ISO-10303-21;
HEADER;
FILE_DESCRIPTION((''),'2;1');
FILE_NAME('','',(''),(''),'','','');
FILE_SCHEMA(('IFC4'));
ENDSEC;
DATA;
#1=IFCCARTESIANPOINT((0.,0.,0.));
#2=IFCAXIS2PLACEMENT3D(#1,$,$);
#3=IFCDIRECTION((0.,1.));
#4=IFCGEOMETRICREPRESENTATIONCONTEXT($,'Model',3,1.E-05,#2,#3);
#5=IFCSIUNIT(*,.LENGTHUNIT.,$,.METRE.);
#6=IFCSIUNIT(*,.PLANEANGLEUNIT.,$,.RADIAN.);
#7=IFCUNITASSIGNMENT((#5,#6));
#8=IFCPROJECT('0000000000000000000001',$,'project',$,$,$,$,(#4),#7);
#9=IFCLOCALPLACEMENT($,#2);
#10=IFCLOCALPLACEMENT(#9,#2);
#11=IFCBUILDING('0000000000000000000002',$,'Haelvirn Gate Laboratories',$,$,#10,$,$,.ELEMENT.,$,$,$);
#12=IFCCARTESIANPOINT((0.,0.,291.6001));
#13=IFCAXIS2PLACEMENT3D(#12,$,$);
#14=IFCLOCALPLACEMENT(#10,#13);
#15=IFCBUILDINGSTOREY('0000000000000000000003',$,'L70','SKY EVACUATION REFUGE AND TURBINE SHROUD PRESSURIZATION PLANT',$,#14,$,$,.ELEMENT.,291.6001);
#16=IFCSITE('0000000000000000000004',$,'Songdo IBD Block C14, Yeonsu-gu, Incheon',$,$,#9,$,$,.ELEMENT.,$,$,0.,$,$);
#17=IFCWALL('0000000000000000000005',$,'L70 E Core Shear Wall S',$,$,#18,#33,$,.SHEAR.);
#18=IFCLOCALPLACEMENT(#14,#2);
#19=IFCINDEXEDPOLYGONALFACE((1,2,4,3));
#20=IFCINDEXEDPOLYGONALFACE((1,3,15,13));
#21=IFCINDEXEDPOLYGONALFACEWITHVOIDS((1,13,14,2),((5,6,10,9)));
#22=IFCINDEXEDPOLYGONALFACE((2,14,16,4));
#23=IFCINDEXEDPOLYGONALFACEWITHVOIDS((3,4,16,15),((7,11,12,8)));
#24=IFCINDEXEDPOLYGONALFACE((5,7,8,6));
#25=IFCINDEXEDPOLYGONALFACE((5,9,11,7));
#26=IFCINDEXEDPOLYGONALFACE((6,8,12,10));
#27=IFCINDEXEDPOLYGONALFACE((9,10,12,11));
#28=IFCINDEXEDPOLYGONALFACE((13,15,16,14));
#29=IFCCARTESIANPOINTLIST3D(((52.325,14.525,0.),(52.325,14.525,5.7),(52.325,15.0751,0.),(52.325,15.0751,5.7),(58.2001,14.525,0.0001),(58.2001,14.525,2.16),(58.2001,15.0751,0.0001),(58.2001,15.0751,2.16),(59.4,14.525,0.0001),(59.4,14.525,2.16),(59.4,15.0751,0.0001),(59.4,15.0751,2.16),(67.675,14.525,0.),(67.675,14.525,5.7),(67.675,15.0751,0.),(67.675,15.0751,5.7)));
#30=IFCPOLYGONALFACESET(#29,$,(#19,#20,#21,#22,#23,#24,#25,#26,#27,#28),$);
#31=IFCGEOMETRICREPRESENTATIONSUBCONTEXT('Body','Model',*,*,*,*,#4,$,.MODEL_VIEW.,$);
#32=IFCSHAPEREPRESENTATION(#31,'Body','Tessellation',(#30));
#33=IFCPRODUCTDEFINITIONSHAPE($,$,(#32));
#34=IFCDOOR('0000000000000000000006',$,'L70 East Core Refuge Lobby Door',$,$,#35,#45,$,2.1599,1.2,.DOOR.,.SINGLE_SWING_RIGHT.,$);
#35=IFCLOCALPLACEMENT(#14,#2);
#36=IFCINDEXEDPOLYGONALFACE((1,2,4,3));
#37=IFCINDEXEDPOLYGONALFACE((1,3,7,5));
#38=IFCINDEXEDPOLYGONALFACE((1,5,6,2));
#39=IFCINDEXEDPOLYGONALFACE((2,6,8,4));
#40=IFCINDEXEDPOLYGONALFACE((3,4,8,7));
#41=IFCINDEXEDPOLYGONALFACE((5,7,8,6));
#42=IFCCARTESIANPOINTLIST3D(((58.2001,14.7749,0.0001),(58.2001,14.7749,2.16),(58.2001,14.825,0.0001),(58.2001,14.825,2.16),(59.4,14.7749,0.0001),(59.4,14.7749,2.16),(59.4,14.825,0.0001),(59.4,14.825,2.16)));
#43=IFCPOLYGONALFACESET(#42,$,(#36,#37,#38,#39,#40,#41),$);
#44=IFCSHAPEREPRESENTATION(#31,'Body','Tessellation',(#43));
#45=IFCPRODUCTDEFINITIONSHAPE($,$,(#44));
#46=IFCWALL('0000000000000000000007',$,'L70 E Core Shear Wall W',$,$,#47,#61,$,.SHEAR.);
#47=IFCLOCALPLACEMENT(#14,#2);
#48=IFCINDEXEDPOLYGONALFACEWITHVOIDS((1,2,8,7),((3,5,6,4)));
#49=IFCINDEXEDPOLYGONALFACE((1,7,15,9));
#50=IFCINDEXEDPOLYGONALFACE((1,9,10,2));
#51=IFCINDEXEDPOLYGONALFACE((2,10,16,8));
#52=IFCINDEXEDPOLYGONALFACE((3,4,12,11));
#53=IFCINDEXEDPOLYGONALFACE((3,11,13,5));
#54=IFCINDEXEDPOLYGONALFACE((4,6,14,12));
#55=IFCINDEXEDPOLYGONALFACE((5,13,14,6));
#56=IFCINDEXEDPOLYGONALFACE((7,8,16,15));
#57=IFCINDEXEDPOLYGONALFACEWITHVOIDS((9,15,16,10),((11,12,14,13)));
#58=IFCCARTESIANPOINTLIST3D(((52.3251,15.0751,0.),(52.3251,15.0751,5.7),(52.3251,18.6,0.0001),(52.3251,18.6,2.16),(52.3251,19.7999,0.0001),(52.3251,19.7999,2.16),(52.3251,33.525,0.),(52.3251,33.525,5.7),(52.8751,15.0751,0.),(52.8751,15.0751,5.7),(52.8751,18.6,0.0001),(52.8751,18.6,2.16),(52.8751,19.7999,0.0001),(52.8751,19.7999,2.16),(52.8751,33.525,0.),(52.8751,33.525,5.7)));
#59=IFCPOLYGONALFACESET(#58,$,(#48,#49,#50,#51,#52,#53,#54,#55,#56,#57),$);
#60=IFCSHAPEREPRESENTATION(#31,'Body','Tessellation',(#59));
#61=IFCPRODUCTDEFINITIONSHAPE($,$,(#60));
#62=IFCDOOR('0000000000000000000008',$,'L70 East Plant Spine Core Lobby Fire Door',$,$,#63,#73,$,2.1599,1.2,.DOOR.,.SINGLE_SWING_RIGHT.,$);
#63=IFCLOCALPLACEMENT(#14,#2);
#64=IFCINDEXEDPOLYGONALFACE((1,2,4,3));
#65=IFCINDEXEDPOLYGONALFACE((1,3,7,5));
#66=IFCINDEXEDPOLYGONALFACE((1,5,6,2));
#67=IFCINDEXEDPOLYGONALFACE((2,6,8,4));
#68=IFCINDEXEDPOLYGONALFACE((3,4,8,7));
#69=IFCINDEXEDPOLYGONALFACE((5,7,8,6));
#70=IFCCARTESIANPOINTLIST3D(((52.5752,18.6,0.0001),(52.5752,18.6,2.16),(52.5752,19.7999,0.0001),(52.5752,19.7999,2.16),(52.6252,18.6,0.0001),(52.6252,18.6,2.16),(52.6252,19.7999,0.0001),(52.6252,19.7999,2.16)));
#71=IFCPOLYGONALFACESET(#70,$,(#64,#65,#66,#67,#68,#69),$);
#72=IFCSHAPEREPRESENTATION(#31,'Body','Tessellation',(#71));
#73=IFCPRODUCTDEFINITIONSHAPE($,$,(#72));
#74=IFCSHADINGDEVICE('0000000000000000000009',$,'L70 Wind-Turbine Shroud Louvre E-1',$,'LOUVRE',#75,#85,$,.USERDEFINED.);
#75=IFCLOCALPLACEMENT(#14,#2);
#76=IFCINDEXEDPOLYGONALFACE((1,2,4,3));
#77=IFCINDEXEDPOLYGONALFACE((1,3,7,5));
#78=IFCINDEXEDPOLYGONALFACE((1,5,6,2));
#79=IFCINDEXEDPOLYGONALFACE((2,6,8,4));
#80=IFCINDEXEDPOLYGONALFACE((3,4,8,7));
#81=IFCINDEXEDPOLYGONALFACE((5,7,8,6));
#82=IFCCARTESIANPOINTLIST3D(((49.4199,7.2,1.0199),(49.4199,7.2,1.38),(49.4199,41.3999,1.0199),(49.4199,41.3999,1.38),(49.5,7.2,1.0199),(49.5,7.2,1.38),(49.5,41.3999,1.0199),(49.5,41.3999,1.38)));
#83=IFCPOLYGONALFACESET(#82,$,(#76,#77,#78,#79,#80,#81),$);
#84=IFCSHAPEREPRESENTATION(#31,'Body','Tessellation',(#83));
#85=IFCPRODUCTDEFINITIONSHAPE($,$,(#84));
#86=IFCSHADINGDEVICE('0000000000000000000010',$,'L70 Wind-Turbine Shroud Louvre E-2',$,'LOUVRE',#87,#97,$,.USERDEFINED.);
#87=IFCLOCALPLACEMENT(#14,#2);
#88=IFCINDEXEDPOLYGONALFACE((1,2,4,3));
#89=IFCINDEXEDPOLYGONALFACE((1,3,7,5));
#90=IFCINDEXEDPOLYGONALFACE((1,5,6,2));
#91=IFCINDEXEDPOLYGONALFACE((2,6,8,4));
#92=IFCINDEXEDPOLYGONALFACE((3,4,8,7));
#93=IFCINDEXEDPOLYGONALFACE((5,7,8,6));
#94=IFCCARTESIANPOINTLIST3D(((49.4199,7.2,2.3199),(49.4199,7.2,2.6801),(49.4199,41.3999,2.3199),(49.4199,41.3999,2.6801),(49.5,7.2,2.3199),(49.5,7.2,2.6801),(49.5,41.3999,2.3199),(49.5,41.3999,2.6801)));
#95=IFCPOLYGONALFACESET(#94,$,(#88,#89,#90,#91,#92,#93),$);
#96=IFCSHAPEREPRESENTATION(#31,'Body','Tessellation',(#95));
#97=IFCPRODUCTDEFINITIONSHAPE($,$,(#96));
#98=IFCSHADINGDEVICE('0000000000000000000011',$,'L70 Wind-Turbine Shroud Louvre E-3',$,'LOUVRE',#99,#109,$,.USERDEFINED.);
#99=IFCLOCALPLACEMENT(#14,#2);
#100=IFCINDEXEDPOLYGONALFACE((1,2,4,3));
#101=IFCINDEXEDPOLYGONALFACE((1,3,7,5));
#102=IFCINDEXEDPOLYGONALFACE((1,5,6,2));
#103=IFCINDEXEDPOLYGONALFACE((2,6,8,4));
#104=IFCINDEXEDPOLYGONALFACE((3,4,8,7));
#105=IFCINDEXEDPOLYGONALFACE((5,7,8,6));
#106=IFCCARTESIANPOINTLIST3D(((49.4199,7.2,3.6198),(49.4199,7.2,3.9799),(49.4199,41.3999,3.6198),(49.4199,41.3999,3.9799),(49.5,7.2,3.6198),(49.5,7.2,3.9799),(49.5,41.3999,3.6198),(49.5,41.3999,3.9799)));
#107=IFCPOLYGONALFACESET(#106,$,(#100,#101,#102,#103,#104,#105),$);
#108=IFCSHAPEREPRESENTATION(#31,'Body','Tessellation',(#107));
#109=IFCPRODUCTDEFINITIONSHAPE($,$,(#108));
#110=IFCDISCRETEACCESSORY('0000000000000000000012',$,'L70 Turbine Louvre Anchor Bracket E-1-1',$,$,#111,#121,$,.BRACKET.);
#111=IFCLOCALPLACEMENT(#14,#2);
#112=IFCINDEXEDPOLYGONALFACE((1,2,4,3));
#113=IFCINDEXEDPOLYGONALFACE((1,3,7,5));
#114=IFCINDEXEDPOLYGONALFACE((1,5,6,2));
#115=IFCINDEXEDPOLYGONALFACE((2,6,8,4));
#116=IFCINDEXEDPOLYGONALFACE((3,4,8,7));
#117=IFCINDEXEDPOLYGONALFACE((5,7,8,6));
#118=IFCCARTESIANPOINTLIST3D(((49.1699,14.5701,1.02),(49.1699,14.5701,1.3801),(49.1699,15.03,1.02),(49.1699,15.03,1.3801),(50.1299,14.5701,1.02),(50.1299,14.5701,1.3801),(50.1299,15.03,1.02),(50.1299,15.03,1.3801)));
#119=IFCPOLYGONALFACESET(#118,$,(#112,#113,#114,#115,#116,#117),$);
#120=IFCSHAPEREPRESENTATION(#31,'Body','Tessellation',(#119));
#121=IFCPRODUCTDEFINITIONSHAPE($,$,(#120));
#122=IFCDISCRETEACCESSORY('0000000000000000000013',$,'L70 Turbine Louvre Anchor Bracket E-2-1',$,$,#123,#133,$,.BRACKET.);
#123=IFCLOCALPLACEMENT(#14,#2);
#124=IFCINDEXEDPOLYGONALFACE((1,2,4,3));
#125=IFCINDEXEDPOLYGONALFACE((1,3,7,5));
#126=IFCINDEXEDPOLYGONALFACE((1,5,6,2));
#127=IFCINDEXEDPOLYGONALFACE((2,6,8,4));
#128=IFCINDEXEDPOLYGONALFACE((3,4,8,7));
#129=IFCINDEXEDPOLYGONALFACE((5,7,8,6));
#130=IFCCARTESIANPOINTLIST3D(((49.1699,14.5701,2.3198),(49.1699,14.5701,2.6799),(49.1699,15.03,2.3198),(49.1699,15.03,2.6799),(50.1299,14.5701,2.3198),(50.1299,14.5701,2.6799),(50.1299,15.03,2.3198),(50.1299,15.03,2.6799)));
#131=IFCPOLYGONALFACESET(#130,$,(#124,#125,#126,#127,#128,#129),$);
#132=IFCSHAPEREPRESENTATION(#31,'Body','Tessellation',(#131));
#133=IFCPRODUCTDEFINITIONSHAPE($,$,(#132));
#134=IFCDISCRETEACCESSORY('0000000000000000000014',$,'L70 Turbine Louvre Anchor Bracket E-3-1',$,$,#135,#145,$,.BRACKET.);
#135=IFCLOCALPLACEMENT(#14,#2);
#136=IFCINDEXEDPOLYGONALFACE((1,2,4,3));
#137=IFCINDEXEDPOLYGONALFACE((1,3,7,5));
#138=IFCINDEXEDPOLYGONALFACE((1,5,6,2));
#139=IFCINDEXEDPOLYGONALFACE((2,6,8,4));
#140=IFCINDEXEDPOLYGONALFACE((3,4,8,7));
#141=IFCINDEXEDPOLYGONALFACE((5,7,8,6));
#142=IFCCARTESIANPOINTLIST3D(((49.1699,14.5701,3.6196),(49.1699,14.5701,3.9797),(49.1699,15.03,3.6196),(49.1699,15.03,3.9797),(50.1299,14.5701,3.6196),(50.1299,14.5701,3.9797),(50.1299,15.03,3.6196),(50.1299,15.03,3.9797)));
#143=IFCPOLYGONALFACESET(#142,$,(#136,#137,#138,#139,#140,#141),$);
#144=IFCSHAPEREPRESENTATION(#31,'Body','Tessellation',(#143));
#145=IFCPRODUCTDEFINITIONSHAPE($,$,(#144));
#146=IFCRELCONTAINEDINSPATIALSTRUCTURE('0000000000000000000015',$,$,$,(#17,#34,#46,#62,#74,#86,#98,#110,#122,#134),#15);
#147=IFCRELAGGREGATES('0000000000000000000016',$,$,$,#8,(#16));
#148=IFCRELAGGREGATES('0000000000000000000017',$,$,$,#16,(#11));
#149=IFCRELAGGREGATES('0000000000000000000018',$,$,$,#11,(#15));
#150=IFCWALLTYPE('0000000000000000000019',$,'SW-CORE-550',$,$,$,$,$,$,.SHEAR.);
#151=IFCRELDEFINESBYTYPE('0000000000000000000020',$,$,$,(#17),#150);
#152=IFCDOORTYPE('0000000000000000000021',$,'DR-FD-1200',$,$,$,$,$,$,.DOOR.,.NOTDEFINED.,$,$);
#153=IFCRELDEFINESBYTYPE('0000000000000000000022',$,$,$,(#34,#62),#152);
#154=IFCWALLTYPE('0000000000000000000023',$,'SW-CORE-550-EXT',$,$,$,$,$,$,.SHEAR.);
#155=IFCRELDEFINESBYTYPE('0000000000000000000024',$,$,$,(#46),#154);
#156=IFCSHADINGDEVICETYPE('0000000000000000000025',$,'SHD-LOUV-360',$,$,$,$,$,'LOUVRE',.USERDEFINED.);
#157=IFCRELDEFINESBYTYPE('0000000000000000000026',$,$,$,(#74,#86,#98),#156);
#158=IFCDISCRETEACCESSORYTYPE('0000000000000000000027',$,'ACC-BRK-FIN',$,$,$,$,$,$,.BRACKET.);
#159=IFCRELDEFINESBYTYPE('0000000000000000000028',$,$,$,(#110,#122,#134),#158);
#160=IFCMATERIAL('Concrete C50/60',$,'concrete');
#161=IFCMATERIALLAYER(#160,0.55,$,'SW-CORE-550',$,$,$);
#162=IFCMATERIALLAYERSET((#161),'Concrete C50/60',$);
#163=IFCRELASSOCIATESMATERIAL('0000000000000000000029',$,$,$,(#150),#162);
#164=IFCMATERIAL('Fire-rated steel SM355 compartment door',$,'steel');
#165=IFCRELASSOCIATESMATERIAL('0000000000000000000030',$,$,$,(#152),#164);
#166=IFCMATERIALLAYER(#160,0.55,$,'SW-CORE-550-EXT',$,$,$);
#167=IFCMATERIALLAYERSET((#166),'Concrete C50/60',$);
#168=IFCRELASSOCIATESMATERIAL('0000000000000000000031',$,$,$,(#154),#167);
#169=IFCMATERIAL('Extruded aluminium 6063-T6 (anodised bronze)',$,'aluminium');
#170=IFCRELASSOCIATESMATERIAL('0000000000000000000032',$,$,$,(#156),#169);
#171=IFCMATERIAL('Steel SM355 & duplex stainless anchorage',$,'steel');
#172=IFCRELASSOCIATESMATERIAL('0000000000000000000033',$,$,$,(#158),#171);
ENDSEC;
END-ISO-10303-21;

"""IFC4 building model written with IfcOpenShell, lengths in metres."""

from ifc_helpers import new_model, si_unit, direction, frame, frame_2d, origin, origin_2d, place, context, subcontext, project, spatial, rectangle, extrude, source, transform, mapped, material, layer, layer_set, material_profile, profile_set, type_object, type_shapes, element, fill, save


model = new_model("IFC4")

# Units and contexts
model_context = context("Model", 3, precision=1e-05, world=origin(), true_north=direction((0.0, 1.0)))
body_context = subcontext(model_context, "Body", "Model", "MODEL_VIEW")
ifc_project = project(units=[si_unit("LENGTHUNIT", "METRE"), si_unit("PLANEANGLEUNIT", "RADIAN")], contexts=[model_context])

# Site, building, storey
site_placement = place(None, origin())
site = spatial("IfcSite", under=ifc_project, at=site_placement, Name="Songdo IBD Block C14, Yeonsu-gu, Incheon", CompositionType="ELEMENT", RefElevation=0.0)
building_placement = place(site_placement, origin())
building = spatial("IfcBuilding", under=site, at=building_placement, Name="Haelvirn Gate Laboratories", CompositionType="ELEMENT")
storey_placement = place(building_placement, frame((0.0, 0.0, 291.6001)))
storey = spatial("IfcBuildingStorey", under=building, at=storey_placement, Name="L70", Description="SKY EVACUATION REFUGE AND TURBINE SHROUD PRESSURIZATION PLANT", CompositionType="ELEMENT", Elevation=291.6001)

# Shared definitions
ifc_material_1 = material(Name="Extruded aluminium 6063-T6 (anodised bronze)", Category="aluminium")

# Walls, openings, doors
ifc_material_2 = material(Name="Concrete C50/60", Category="concrete")
ifc_layer_1 = layer(ifc_material_2, 0.55, Name="SW-CORE-550")
ifc_layer_set_1 = layer_set([ifc_layer_1], Name="Concrete C50/60")
wall_type_1 = type_object("IfcWallType", Name="SW-CORE-550", PredefinedType="SHEAR", material=ifc_layer_set_1)
wall_1_placement = place(storey_placement, frame((52.325, 14.8, 0.0), z_axis=(0.0, 0.0, 1.0), x_axis=(1.0, 0.0, 0.0)))
wall_1 = element("IfcWall", 1, at=wall_1_placement, inside=storey, type_object=wall_type_1, Name="L70 E Core Shear Wall S", PredefinedType="SHEAR", context=body_context, shape_type="SweptSolid", body=[
    extrude(rectangle(XDim=15.3501, YDim=0.55, at=frame_2d((7.675, 0.0))), origin(), (0.0, 0.0, 1.0), 5.7),
])
opening_1_placement = place(wall_1_placement, frame((5.875, 0.0, 0.0)))
opening_1 = element("IfcOpeningElement", 2, at=opening_1_placement, cuts=wall_1, PredefinedType="OPENING", context=body_context, shape_type="SweptSolid", body=[
    extrude(rectangle(XDim=1.2, YDim=2.1599, at=frame_2d((0.6001, 1.0801))), frame((0.0, 0.2852, 0.0), z_axis=(0.0, -1.0, 0.0), x_axis=(1.0, 0.0, 0.0)), (0.0, 0.0, 1.0), 0.5701),
])
ifc_material_3 = material(Name="Fire-rated steel SM355 compartment door", Category="steel")
door_type = type_object("IfcDoorType", Name="DR-FD-1200", OperationType="NOTDEFINED", PredefinedType="DOOR", material=ifc_material_3)
shared_shape_1 = source(origin(), body_context, "Body", "SweptSolid", [
    extrude(rectangle(XDim=1.2, YDim=2.1599, at=frame_2d((0.6001, 1.0801))), frame((0.0, 0.0249, 0.0), z_axis=(0.0, -1.0, 0.0), x_axis=(1.0, 0.0, 0.0)), (0.0, 0.0, 1.0), 0.05),
])
type_shapes(door_type, [shared_shape_1])
door_1_placement = place(opening_1_placement, origin())
door_1 = element("IfcDoor", 3, at=door_1_placement, inside=storey, type_object=door_type, Name="L70 East Core Refuge Lobby Door", OperationType="SINGLE_SWING_RIGHT", OverallHeight=2.1599, OverallWidth=1.2, PredefinedType="DOOR", context=body_context, shape_type="MappedRepresentation", body=[
    mapped(shared_shape_1, transform((0.0, 0.0, 0.0), scale=1.0)),
])
fill(opening_1, door_1)
ifc_layer_2 = layer(ifc_material_2, 0.55, Name="SW-CORE-550-EXT")
ifc_layer_set_2 = layer_set([ifc_layer_2], Name="Concrete C50/60")
wall_type_2 = type_object("IfcWallType", Name="SW-CORE-550-EXT", PredefinedType="SHEAR", material=ifc_layer_set_2)
wall_2_placement = place(storey_placement, frame((52.6001, 15.075, 0.0), z_axis=(0.0, 0.0, 1.0), x_axis=(0.0, 1.0, 0.0)))
wall_2 = element("IfcWall", 4, at=wall_2_placement, inside=storey, type_object=wall_type_2, Name="L70 E Core Shear Wall W", PredefinedType="SHEAR", context=body_context, shape_type="SweptSolid", body=[
    extrude(rectangle(XDim=18.45, YDim=0.55, at=frame_2d((9.2251, 0.0))), origin(), (0.0, 0.0, 1.0), 5.7),
])
opening_2_placement = place(wall_2_placement, frame((3.5249, 0.0, 0.0)))
opening_2 = element("IfcOpeningElement", 5, at=opening_2_placement, cuts=wall_2, PredefinedType="OPENING", context=body_context, shape_type="SweptSolid", body=[
    extrude(rectangle(XDim=1.2, YDim=2.1599, at=frame_2d((0.6001, 1.0801))), frame((0.0, 0.2852, 0.0), z_axis=(0.0, -1.0, 0.0), x_axis=(1.0, 0.0, 0.0)), (0.0, 0.0, 1.0), 0.5701),
])
door_2_placement = place(opening_2_placement, origin())
door_2 = element("IfcDoor", 6, at=door_2_placement, inside=storey, type_object=door_type, Name="L70 East Plant Spine Core Lobby Fire Door", OperationType="SINGLE_SWING_RIGHT", OverallHeight=2.1599, OverallWidth=1.2, PredefinedType="DOOR", context=body_context, shape_type="MappedRepresentation", body=[
    mapped(shared_shape_1, transform((0.0, 0.0, 0.0), scale=1.0)),
])
fill(opening_2, door_2)

# Shading devices
ifc_material_profile_1 = material_profile(ifc_material_1, rectangle(XDim=0.0801, YDim=0.3601, at=origin_2d()), Name="LOUV-360x80")
ifc_profile_set_1 = profile_set([ifc_material_profile_1], Name="Extruded aluminium 6063-T6 (anodised bronze)")
shading_device_type = type_object("IfcShadingDeviceType", Name="SHD-LOUV-360", ElementType="LOUVRE", PredefinedType="USERDEFINED", material=ifc_profile_set_1)
shared_shape_2 = source(origin(), body_context, "Body", "SweptSolid", [
    extrude(rectangle(XDim=0.0801, YDim=0.3601, at=origin_2d()), origin(), (0.0, 0.0, 1.0), 34.2),
])
type_shapes(shading_device_type, [shared_shape_2])
for number, where, z_axis, x_axis, name in (
    (7, (49.46, 7.2, 1.2), (0.0, 1.0, 0.0), (-1.0, 0.0, 0.0), "L70 Wind-Turbine Shroud Louvre E-1"),
    (8, (49.46, 7.2, 2.5), (0.0, 1.0, 0.0), (-1.0, 0.0, 0.0), "L70 Wind-Turbine Shroud Louvre E-2"),
    (9, (49.46, 7.2, 3.7998), (0.0, 1.0, 0.0), (-1.0, 0.0, 0.0), "L70 Wind-Turbine Shroud Louvre E-3"),
):
    element("IfcShadingDevice", number, at=place(storey_placement, frame(where, z_axis=z_axis, x_axis=x_axis)), inside=storey, type_object=shading_device_type, Name=name, ObjectType="LOUVRE", PredefinedType="USERDEFINED", context=body_context, shape_type="MappedRepresentation", body=[
        mapped(shared_shape_2, transform((0.0, 0.0, 0.0), scale=1.0)),
    ])

# Discrete accessories
ifc_material_4 = material(Name="Steel SM355 & duplex stainless anchorage", Category="steel")
discrete_accessory_type = type_object("IfcDiscreteAccessoryType", Name="ACC-BRK-FIN", PredefinedType="BRACKET", material=ifc_material_4)
shared_shape_3 = source(origin(), body_context, "Body", "SweptSolid", [
    extrude(rectangle(XDim=0.96, YDim=0.46, at=origin_2d()), origin(), (0.0, 0.0, 1.0), 0.3601),
])
type_shapes(discrete_accessory_type, [shared_shape_3])
for number, where, z_axis, x_axis, name in (
    (10, (49.6499, 14.8, 1.02), (0.0, 0.0, 1.0), (1.0, 0.0, 0.0), "L70 Turbine Louvre Anchor Bracket E-1-1"),
    (11, (49.6499, 14.8, 2.3198), (0.0, 0.0, 1.0), (1.0, 0.0, 0.0), "L70 Turbine Louvre Anchor Bracket E-2-1"),
    (12, (49.6499, 14.8, 3.6196), (0.0, 0.0, 1.0), (1.0, 0.0, 0.0), "L70 Turbine Louvre Anchor Bracket E-3-1"),
):
    element("IfcDiscreteAccessory", number, at=place(storey_placement, frame(where, z_axis=z_axis, x_axis=x_axis)), inside=storey, type_object=discrete_accessory_type, Name=name, PredefinedType="BRACKET", context=body_context, shape_type="MappedRepresentation", body=[
        mapped(shared_shape_3, transform((0.0, 0.0, 0.0), scale=1.0)),
    ])

save(model, "model.ifc")
